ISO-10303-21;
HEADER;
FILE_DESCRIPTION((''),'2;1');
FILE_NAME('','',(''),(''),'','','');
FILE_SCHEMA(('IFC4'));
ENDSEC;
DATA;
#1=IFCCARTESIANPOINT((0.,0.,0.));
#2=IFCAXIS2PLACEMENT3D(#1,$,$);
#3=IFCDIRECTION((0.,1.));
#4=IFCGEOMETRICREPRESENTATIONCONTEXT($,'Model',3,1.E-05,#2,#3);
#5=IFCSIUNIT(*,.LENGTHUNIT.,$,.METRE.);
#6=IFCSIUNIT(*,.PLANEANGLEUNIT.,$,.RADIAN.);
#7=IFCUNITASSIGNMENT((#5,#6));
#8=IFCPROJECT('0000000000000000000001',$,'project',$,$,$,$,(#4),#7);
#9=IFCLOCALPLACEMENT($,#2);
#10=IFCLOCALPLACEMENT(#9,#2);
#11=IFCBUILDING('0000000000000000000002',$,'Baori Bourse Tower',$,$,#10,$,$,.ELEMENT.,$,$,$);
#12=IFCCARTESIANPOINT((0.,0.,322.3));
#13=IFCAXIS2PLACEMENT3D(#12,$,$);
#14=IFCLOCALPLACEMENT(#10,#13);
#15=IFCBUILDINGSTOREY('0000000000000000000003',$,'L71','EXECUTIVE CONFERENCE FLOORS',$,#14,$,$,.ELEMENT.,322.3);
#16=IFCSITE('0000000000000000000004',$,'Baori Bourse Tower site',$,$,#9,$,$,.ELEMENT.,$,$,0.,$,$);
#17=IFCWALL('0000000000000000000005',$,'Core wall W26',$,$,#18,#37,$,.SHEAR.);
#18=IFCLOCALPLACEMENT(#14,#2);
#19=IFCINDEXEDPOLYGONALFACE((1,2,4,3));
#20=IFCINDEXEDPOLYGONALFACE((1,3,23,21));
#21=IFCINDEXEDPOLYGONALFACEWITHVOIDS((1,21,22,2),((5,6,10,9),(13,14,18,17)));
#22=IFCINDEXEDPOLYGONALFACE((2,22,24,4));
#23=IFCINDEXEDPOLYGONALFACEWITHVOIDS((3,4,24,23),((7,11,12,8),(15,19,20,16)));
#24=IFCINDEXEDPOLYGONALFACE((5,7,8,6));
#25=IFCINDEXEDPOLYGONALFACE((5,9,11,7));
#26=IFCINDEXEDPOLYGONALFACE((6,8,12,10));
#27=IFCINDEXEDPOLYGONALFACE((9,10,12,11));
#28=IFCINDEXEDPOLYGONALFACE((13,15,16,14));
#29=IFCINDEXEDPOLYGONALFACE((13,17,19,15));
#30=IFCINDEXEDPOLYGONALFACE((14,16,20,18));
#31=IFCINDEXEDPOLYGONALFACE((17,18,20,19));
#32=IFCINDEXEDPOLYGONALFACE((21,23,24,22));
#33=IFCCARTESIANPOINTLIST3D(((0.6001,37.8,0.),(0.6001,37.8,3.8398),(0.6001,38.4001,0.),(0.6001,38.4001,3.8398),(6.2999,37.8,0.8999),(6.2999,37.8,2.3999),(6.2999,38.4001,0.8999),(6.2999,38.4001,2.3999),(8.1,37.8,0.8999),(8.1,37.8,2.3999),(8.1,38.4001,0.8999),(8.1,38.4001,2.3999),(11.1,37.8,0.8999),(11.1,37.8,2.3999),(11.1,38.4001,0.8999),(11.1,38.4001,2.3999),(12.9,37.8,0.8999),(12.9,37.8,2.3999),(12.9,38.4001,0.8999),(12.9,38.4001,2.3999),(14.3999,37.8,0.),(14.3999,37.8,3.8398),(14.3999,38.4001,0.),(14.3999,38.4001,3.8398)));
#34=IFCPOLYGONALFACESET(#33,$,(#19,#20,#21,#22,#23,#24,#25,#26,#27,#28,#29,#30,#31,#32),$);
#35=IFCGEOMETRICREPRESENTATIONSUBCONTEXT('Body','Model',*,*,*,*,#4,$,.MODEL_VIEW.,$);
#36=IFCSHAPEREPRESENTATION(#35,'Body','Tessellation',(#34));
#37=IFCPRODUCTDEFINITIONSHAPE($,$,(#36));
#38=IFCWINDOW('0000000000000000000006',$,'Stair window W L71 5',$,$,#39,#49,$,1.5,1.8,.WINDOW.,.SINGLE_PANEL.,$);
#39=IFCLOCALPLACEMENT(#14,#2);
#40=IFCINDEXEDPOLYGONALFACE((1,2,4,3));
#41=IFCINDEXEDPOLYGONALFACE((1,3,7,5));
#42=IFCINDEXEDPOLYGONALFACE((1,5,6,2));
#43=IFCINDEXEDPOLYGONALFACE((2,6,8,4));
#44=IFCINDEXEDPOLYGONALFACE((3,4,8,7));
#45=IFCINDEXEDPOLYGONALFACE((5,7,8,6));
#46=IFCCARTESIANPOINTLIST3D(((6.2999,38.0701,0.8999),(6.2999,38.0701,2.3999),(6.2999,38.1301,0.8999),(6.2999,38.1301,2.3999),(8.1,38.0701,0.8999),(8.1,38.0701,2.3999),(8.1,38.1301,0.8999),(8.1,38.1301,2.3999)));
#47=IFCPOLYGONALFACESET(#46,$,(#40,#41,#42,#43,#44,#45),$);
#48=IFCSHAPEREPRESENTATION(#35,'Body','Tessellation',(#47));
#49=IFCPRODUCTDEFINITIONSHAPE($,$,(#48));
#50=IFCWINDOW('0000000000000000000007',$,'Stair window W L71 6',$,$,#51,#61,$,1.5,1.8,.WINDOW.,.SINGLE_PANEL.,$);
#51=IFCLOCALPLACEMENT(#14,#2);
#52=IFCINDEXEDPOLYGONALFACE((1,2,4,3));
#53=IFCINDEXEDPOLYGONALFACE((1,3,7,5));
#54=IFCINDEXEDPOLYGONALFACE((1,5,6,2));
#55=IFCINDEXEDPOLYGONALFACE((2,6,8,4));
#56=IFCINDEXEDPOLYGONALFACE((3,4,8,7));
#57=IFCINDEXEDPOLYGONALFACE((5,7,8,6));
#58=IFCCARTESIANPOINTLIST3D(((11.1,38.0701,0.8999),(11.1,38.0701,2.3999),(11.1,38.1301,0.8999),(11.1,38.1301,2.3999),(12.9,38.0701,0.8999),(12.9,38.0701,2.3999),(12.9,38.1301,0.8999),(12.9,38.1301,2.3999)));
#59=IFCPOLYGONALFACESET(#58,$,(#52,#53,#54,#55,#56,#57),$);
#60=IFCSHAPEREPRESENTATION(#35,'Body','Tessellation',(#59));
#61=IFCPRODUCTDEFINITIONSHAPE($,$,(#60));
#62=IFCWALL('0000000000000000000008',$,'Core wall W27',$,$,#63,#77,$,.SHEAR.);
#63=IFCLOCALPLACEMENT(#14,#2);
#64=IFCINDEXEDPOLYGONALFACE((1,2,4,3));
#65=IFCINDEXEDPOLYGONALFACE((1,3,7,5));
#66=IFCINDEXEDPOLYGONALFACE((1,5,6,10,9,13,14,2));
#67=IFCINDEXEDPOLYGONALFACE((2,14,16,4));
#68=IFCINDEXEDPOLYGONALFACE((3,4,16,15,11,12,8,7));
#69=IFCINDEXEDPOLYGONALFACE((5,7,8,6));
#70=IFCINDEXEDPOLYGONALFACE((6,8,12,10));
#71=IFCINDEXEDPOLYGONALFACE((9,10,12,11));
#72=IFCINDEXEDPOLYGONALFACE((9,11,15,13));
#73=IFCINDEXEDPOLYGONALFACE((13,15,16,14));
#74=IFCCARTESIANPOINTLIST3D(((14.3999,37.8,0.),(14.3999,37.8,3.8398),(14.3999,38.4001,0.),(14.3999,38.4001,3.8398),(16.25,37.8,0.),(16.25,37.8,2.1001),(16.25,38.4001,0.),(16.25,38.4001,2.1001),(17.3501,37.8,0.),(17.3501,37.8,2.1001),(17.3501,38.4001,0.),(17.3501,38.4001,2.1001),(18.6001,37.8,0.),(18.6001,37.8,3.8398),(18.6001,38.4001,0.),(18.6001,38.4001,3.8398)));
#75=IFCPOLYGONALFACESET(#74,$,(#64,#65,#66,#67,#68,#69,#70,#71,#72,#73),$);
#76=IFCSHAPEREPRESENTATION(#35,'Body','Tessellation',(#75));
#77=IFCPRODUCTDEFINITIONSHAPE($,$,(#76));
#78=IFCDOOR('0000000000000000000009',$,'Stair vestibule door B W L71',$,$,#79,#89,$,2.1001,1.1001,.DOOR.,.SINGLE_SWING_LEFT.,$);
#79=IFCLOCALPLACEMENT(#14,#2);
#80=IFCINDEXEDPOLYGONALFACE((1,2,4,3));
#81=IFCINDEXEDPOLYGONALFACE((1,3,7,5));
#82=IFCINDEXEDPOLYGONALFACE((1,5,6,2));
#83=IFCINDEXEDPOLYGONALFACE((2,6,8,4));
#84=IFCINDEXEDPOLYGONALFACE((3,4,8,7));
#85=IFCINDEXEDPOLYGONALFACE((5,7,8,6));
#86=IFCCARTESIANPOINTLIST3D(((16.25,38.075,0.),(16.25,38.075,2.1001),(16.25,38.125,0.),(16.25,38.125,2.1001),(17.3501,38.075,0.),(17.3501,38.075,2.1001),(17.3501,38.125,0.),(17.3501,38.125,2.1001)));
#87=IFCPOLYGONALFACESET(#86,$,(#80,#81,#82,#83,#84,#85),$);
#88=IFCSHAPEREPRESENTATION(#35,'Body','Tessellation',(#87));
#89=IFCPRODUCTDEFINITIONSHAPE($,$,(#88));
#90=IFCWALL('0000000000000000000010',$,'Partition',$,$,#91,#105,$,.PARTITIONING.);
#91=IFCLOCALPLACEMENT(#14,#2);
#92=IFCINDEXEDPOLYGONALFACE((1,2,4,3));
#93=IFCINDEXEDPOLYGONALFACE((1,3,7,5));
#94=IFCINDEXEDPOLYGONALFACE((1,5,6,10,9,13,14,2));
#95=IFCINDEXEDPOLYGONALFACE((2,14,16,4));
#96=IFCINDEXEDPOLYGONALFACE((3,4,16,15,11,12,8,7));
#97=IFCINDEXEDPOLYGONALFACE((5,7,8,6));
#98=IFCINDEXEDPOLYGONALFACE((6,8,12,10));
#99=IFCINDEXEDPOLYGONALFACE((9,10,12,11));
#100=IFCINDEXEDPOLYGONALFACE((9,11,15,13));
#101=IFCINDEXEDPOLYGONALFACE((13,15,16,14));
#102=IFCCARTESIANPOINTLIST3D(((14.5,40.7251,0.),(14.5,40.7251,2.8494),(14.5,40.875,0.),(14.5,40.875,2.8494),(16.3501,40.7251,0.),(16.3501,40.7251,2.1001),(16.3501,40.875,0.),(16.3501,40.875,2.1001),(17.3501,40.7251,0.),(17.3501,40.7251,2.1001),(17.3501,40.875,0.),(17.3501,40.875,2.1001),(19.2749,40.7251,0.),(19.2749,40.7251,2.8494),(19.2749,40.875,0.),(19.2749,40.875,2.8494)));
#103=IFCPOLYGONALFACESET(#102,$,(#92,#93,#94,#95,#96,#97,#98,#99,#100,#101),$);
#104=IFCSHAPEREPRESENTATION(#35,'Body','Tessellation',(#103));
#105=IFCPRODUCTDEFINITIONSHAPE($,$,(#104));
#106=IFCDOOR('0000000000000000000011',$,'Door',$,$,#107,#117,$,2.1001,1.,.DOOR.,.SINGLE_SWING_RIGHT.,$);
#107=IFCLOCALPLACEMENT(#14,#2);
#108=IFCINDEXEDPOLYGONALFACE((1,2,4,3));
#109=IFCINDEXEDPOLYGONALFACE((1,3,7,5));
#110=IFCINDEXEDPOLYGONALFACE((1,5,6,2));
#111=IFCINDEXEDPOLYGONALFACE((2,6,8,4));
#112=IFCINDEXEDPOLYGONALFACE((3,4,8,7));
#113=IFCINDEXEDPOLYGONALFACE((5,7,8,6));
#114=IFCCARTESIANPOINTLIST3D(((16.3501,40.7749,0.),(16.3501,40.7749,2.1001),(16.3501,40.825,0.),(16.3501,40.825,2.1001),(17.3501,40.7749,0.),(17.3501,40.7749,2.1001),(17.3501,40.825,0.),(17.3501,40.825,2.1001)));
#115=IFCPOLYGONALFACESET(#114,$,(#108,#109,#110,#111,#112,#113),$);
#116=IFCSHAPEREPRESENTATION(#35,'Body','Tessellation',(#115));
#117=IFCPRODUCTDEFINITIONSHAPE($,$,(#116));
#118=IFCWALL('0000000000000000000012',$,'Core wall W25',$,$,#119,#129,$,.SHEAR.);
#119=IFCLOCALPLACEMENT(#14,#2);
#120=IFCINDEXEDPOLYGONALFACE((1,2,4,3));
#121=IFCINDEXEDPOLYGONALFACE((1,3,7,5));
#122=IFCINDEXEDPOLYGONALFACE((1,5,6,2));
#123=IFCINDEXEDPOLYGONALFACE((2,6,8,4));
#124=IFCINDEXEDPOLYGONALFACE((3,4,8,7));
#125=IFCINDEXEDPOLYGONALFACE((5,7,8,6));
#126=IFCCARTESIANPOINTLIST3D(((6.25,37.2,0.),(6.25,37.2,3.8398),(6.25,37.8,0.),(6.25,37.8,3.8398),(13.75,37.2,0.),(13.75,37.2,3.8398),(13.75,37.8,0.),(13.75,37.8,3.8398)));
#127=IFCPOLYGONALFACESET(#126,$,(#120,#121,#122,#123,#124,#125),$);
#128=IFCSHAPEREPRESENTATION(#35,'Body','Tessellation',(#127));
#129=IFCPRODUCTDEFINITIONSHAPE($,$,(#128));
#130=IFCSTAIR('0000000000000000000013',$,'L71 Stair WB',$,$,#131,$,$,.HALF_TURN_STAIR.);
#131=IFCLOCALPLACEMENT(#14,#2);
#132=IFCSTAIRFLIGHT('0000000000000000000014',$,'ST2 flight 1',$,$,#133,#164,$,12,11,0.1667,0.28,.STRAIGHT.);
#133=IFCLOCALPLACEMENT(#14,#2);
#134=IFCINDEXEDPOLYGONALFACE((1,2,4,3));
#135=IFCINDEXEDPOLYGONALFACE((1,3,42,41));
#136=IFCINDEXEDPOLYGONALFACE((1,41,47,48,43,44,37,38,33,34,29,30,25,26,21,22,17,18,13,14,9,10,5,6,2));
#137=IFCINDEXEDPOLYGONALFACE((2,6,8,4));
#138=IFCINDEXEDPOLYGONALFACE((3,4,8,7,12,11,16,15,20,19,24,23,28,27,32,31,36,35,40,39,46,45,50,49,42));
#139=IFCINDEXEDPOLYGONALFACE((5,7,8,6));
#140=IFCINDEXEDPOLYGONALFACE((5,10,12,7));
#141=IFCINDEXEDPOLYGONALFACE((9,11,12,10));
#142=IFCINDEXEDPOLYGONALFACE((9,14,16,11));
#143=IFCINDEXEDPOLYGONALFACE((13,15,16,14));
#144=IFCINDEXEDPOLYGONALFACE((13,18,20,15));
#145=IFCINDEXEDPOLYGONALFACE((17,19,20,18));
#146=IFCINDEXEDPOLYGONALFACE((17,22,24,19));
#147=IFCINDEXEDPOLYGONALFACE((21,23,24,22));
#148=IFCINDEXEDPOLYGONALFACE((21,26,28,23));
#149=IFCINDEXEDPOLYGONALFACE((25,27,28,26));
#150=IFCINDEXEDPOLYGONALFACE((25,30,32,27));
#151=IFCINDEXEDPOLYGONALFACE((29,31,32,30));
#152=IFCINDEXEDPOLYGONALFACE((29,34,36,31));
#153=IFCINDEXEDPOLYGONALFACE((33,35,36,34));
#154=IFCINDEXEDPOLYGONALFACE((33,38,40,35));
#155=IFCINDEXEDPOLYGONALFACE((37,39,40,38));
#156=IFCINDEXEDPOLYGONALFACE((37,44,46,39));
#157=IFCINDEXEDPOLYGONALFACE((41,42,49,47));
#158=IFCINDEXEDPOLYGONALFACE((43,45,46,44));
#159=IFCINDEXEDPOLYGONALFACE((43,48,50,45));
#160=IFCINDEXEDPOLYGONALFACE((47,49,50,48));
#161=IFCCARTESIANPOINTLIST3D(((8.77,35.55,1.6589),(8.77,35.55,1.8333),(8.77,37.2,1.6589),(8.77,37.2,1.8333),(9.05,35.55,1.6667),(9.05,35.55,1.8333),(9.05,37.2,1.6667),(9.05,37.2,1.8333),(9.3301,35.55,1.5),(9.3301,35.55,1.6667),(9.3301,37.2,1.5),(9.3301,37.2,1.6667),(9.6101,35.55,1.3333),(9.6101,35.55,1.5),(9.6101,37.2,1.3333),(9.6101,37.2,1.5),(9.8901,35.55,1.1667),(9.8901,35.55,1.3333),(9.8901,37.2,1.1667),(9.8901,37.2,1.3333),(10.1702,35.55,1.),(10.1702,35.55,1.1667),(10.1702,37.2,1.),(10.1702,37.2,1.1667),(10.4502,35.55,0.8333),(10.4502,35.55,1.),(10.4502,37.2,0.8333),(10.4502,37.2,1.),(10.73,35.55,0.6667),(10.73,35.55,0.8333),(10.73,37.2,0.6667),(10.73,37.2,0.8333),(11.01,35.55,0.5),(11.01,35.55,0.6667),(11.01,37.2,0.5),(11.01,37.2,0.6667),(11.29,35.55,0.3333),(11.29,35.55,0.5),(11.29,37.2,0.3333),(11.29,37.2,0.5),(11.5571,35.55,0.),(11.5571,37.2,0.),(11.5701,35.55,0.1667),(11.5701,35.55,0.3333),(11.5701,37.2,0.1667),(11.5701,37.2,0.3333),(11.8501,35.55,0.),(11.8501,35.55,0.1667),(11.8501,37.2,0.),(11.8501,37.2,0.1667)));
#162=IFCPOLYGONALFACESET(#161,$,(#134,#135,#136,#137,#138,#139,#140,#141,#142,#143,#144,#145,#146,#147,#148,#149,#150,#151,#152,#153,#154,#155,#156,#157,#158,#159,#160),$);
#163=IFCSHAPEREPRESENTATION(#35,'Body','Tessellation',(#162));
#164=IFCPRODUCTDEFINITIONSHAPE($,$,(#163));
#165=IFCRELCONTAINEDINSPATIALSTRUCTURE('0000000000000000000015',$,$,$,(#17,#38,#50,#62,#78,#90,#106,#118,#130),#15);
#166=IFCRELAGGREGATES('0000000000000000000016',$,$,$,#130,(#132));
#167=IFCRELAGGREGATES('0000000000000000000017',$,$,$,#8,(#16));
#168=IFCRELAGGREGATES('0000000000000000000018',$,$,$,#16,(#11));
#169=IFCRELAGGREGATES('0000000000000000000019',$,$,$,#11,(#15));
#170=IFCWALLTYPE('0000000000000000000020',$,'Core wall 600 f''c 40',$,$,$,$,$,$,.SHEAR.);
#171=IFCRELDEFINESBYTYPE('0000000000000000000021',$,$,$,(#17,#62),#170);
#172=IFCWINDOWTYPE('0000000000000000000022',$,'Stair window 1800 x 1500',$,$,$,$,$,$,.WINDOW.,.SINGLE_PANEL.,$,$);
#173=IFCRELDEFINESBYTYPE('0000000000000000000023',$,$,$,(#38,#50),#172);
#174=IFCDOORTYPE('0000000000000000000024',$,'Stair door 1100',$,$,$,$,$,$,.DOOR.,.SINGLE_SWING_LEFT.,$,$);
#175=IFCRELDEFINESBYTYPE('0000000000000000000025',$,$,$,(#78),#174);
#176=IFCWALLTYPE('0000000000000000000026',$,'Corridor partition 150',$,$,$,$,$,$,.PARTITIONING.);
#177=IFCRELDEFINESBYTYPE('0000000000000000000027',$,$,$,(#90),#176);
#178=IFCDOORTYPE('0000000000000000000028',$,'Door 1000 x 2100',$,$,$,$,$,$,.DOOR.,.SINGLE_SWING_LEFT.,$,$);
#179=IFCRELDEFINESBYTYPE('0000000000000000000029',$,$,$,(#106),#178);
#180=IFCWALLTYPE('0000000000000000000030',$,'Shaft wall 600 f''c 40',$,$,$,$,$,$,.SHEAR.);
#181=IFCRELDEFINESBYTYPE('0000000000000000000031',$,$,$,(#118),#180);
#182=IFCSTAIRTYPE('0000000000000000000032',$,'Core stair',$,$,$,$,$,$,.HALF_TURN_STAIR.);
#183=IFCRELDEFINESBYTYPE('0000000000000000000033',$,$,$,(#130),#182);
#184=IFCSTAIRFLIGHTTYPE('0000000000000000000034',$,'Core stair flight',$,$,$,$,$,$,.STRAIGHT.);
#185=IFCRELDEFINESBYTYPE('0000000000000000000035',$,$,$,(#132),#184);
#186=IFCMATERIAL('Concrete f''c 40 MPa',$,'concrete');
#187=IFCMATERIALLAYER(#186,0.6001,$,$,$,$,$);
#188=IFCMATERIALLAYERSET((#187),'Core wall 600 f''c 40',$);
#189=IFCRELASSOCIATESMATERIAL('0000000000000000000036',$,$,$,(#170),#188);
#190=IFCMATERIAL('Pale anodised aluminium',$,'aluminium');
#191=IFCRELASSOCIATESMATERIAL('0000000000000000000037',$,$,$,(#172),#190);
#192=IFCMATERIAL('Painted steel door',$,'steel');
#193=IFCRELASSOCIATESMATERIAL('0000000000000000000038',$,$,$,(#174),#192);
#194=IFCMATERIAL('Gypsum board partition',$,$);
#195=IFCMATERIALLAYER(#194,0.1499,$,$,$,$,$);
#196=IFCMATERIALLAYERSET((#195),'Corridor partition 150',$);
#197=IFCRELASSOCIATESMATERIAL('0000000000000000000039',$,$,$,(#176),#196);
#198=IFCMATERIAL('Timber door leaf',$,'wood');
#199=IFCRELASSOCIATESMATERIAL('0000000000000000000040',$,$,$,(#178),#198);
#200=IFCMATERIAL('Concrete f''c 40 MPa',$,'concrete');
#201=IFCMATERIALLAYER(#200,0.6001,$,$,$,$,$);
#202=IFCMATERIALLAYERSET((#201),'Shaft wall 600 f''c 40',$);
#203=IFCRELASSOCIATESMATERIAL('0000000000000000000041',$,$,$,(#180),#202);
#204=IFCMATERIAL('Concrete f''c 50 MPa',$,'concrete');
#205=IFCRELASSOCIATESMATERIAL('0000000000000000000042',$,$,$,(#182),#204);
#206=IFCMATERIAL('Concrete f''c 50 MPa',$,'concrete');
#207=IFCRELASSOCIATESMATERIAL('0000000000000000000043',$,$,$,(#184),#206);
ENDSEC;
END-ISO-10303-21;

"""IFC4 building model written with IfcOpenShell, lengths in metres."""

from ifc_helpers import new_model, si_unit, direction, frame, frame_2d, origin, place, context, subcontext, project, spatial, polyline, rectangle, outline, extrude, material, layer, layer_set, type_object, element, fill, aggregate, save


model = new_model("IFC4")

# Units and contexts
model_context = context("Model", 3, precision=1e-05, world=origin(), true_north=direction((0.0, 1.0)))
body_context = subcontext(model_context, "Body", "Model", "MODEL_VIEW")
ifc_project = project(units=[si_unit("LENGTHUNIT", "METRE"), si_unit("PLANEANGLEUNIT", "RADIAN")], contexts=[model_context])

# Site, building, storey
site_placement = place(None, origin())
site = spatial("IfcSite", under=ifc_project, at=site_placement, Name="Baori Bourse Tower site", CompositionType="ELEMENT", RefElevation=0.0)
building_placement = place(site_placement, origin())
building = spatial("IfcBuilding", under=site, at=building_placement, Name="Baori Bourse Tower", CompositionType="ELEMENT")
storey_placement = place(building_placement, frame((0.0, 0.0, 322.3)))
storey = spatial("IfcBuildingStorey", under=building, at=storey_placement, Name="L71", Description="EXECUTIVE CONFERENCE FLOORS", CompositionType="ELEMENT", Elevation=322.3)

# Wall, openings, windows
ifc_material_1 = material(Name="Concrete f'c 40 MPa", Category="concrete")
ifc_layer_1 = layer(ifc_material_1, 0.6001)
ifc_layer_set_1 = layer_set([ifc_layer_1], Name="Core wall 600 f'c 40")
wall_type_1 = type_object("IfcWallType", Name="Core wall 600 f'c 40", PredefinedType="SHEAR", material=ifc_layer_set_1)
wall_1_placement = place(storey_placement, frame((0.6001, 38.1001, 0.0), z_axis=(0.0, 0.0, 1.0), x_axis=(1.0, 0.0, 0.0)))
wall_1 = element("IfcWall", 1, at=wall_1_placement, inside=storey, type_object=wall_type_1, Name="Core wall W26", PredefinedType="SHEAR", context=body_context, shape_type="SweptSolid", body=[
    extrude(rectangle(XDim=13.7998, YDim=0.6001, at=frame_2d((6.8999, 0.0))), origin(), (0.0, 0.0, 1.0), 3.8398),
])
opening_1_placement = place(wall_1_placement, frame((5.7, 0.0, 0.8999)))
opening_1 = element("IfcOpeningElement", 2, at=opening_1_placement, cuts=wall_1, PredefinedType="OPENING", context=body_context, shape_type="SweptSolid", body=[
    extrude(rectangle(XDim=1.8, YDim=1.5, at=frame_2d((0.8999, 0.75))), frame((0.0, 0.3101, 0.0), z_axis=(0.0, -1.0, 0.0), x_axis=(1.0, 0.0, 0.0)), (0.0, 0.0, 1.0), 0.6201),
])
opening_2_placement = place(wall_1_placement, frame((10.5, 0.0, 0.8999)))
opening_2 = element("IfcOpeningElement", 3, at=opening_2_placement, cuts=wall_1, PredefinedType="OPENING", context=body_context, shape_type="SweptSolid", body=[
    extrude(rectangle(XDim=1.8, YDim=1.5, at=frame_2d((0.8999, 0.75))), frame((0.0, 0.3101, 0.0), z_axis=(0.0, -1.0, 0.0), x_axis=(1.0, 0.0, 0.0)), (0.0, 0.0, 1.0), 0.6201),
])
ifc_material_2 = material(Name="Pale anodised aluminium", Category="aluminium")
window_type = type_object("IfcWindowType", Name="Stair window 1800 x 1500", PartitioningType="SINGLE_PANEL", PredefinedType="WINDOW", material=ifc_material_2)
window_1_placement = place(opening_1_placement, origin())
window_1 = element("IfcWindow", 4, at=window_1_placement, inside=storey, type_object=window_type, Name="Stair window W L71 5", OverallHeight=1.5, OverallWidth=1.8, PartitioningType="SINGLE_PANEL", PredefinedType="WINDOW", context=body_context, shape_type="SweptSolid", body=[
    extrude(rectangle(XDim=1.8, YDim=1.5, at=frame_2d((0.8999, 0.75))), frame((0.0, 0.03, 0.0), z_axis=(0.0, -1.0, 0.0), x_axis=(1.0, 0.0, 0.0)), (0.0, 0.0, 1.0), 0.0601),
])
fill(opening_1, window_1)
window_2_placement = place(opening_2_placement, origin())
window_2 = element("IfcWindow", 5, at=window_2_placement, inside=storey, type_object=window_type, Name="Stair window W L71 6", OverallHeight=1.5, OverallWidth=1.8, PartitioningType="SINGLE_PANEL", PredefinedType="WINDOW", context=body_context, shape_type="SweptSolid", body=[
    extrude(rectangle(XDim=1.8, YDim=1.5, at=frame_2d((0.8999, 0.75))), frame((0.0, 0.03, 0.0), z_axis=(0.0, -1.0, 0.0), x_axis=(1.0, 0.0, 0.0)), (0.0, 0.0, 1.0), 0.0601),
])
fill(opening_2, window_2)

# Walls, openings, doors
wall_2_placement = place(storey_placement, frame((14.3999, 38.1001, 0.0), z_axis=(0.0, 0.0, 1.0), x_axis=(1.0, 0.0, 0.0)))
wall_2 = element("IfcWall", 6, at=wall_2_placement, inside=storey, type_object=wall_type_1, Name="Core wall W27", PredefinedType="SHEAR", context=body_context, shape_type="SweptSolid", body=[
    extrude(rectangle(XDim=4.2002, YDim=0.6001, at=frame_2d((2.1001, 0.0))), origin(), (0.0, 0.0, 1.0), 3.8398),
])
opening_3_placement = place(wall_2_placement, frame((1.8501, 0.0, 0.0)))
opening_3 = element("IfcOpeningElement", 7, at=opening_3_placement, cuts=wall_2, PredefinedType="OPENING", context=body_context, shape_type="SweptSolid", body=[
    extrude(rectangle(XDim=1.1001, YDim=2.1001, at=frame_2d((0.55, 1.05))), frame((0.0, 0.3101, 0.0), z_axis=(0.0, -1.0, 0.0), x_axis=(1.0, 0.0, 0.0)), (0.0, 0.0, 1.0), 0.6201),
])
ifc_material_3 = material(Name="Painted steel door", Category="steel")
door_type_1 = type_object("IfcDoorType", Name="Stair door 1100", OperationType="SINGLE_SWING_LEFT", PredefinedType="DOOR", material=ifc_material_3)
door_1_placement = place(opening_3_placement, origin())
door_1 = element("IfcDoor", 8, at=door_1_placement, inside=storey, type_object=door_type_1, Name="Stair vestibule door B W L71", OperationType="SINGLE_SWING_LEFT", OverallHeight=2.1001, OverallWidth=1.1001, PredefinedType="DOOR", context=body_context, shape_type="SweptSolid", body=[
    extrude(rectangle(XDim=1.1001, YDim=2.1001, at=frame_2d((0.55, 1.05))), frame((0.0, 0.0249, 0.0), z_axis=(0.0, -1.0, 0.0), x_axis=(1.0, 0.0, 0.0)), (0.0, 0.0, 1.0), 0.05),
])
fill(opening_3, door_1)
ifc_material_4 = material(Name="Gypsum board partition")
ifc_layer_2 = layer(ifc_material_4, 0.1499)
ifc_layer_set_2 = layer_set([ifc_layer_2], Name="Corridor partition 150")
wall_type_2 = type_object("IfcWallType", Name="Corridor partition 150", PredefinedType="PARTITIONING", material=ifc_layer_set_2)
wall_3_placement = place(storey_placement, frame((14.5, 40.8, 0.0), z_axis=(0.0, 0.0, 1.0), x_axis=(1.0, 0.0, 0.0)))
wall_3 = element("IfcWall", 9, at=wall_3_placement, inside=storey, type_object=wall_type_2, Name="Partition", PredefinedType="PARTITIONING", context=body_context, shape_type="SweptSolid", body=[
    extrude(rectangle(XDim=4.7749, YDim=0.1499, at=frame_2d((2.3875, 0.0))), origin(), (0.0, 0.0, 1.0), 2.8494),
])
opening_4_placement = place(wall_3_placement, frame((1.8501, 0.0, 0.0)))
opening_4 = element("IfcOpeningElement", 10, at=opening_4_placement, cuts=wall_3, PredefinedType="OPENING", context=body_context, shape_type="SweptSolid", body=[
    extrude(rectangle(XDim=1.0, YDim=2.1001, at=frame_2d((0.5, 1.05))), frame((0.0, 0.085, 0.0), z_axis=(0.0, -1.0, 0.0), x_axis=(1.0, 0.0, 0.0)), (0.0, 0.0, 1.0), 0.1699),
])
ifc_material_5 = material(Name="Timber door leaf", Category="wood")
door_type_2 = type_object("IfcDoorType", Name="Door 1000 x 2100", OperationType="SINGLE_SWING_LEFT", PredefinedType="DOOR", material=ifc_material_5)
door_2_placement = place(opening_4_placement, origin())
door_2 = element("IfcDoor", 11, at=door_2_placement, inside=storey, type_object=door_type_2, Name="Door", OperationType="SINGLE_SWING_RIGHT", OverallHeight=2.1001, OverallWidth=1.0, PredefinedType="DOOR", context=body_context, shape_type="SweptSolid", body=[
    extrude(rectangle(XDim=1.0, YDim=2.1001, at=frame_2d((0.5, 1.05))), frame((0.0, 0.0249, 0.0), z_axis=(0.0, -1.0, 0.0), x_axis=(1.0, 0.0, 0.0)), (0.0, 0.0, 1.0), 0.05),
])
fill(opening_4, door_2)

# Wall
ifc_material_6 = material(Name="Concrete f'c 40 MPa", Category="concrete")
ifc_layer_3 = layer(ifc_material_6, 0.6001)
ifc_layer_set_3 = layer_set([ifc_layer_3], Name="Shaft wall 600 f'c 40")
wall_type_3 = type_object("IfcWallType", Name="Shaft wall 600 f'c 40", PredefinedType="SHEAR", material=ifc_layer_set_3)
wall_4_placement = place(storey_placement, frame((6.25, 37.5, 0.0), z_axis=(0.0, 0.0, 1.0), x_axis=(1.0, 0.0, 0.0)))
element("IfcWall", 12, at=wall_4_placement, inside=storey, type_object=wall_type_3, Name="Core wall W25", PredefinedType="SHEAR", context=body_context, shape_type="SweptSolid", body=[
    extrude(rectangle(XDim=7.5, YDim=0.6001, at=frame_2d((3.75, 0.0))), origin(), (0.0, 0.0, 1.0), 3.8398),
])

# Stair, stair flight
ifc_material_7 = material(Name="Concrete f'c 50 MPa", Category="concrete")
stair_type = type_object("IfcStairType", Name="Core stair", PredefinedType="HALF_TURN_STAIR", material=ifc_material_7)
stair_placement = place(storey_placement, origin())
stair = element("IfcStair", 13, at=stair_placement, inside=storey, type_object=stair_type, Name="L71 Stair WB", PredefinedType="HALF_TURN_STAIR")
ifc_material_8 = material(Name="Concrete f'c 50 MPa", Category="concrete")
stair_flight_type = type_object("IfcStairFlightType", Name="Core stair flight", PredefinedType="STRAIGHT", material=ifc_material_8)
stair_flight_placement = place(storey_placement, frame((11.8501, 36.375, 0.0), z_axis=(0.0, 0.0, 1.0), x_axis=(-1.0, 0.0, 0.0)))
stair_flight = element("IfcStairFlight", 14, at=stair_flight_placement, type_object=stair_flight_type, Name="ST2 flight 1", NumberOfRisers=12, NumberOfTreads=11, PredefinedType="STRAIGHT", RiserHeight=0.1667, TreadLength=0.28, context=body_context, shape_type="SweptSolid", body=[
    extrude(outline(polyline([(0.0, 0.0), (0.0, 0.1667), (0.28, 0.1667), (0.28, 0.3333), (0.5601, 0.3333), (0.5601, 0.5), (0.8401, 0.5), (0.8401, 0.6667), (1.1201, 0.6667), (1.1201, 0.8333), (1.3999, 0.8333), (1.3999, 1.0), (1.6799, 1.0), (1.6799, 1.1667), (1.96, 1.1667), (1.96, 1.3333), (2.24, 1.3333), (2.24, 1.5), (2.52, 1.5), (2.52, 1.6667), (2.8, 1.6667), (2.8, 1.8333), (3.0801, 1.8333), (3.0801, 2.0), (3.0801, 1.6589), (0.293, 0.0), (0.0, 0.0)])), frame((0.0, 0.825, 0.0), z_axis=(0.0, -1.0, 0.0), x_axis=(1.0, 0.0, 0.0)), (0.0, 0.0, 1.0), 1.6499),
])
aggregate(stair, [stair_flight])

save(model, "model.ifc")
